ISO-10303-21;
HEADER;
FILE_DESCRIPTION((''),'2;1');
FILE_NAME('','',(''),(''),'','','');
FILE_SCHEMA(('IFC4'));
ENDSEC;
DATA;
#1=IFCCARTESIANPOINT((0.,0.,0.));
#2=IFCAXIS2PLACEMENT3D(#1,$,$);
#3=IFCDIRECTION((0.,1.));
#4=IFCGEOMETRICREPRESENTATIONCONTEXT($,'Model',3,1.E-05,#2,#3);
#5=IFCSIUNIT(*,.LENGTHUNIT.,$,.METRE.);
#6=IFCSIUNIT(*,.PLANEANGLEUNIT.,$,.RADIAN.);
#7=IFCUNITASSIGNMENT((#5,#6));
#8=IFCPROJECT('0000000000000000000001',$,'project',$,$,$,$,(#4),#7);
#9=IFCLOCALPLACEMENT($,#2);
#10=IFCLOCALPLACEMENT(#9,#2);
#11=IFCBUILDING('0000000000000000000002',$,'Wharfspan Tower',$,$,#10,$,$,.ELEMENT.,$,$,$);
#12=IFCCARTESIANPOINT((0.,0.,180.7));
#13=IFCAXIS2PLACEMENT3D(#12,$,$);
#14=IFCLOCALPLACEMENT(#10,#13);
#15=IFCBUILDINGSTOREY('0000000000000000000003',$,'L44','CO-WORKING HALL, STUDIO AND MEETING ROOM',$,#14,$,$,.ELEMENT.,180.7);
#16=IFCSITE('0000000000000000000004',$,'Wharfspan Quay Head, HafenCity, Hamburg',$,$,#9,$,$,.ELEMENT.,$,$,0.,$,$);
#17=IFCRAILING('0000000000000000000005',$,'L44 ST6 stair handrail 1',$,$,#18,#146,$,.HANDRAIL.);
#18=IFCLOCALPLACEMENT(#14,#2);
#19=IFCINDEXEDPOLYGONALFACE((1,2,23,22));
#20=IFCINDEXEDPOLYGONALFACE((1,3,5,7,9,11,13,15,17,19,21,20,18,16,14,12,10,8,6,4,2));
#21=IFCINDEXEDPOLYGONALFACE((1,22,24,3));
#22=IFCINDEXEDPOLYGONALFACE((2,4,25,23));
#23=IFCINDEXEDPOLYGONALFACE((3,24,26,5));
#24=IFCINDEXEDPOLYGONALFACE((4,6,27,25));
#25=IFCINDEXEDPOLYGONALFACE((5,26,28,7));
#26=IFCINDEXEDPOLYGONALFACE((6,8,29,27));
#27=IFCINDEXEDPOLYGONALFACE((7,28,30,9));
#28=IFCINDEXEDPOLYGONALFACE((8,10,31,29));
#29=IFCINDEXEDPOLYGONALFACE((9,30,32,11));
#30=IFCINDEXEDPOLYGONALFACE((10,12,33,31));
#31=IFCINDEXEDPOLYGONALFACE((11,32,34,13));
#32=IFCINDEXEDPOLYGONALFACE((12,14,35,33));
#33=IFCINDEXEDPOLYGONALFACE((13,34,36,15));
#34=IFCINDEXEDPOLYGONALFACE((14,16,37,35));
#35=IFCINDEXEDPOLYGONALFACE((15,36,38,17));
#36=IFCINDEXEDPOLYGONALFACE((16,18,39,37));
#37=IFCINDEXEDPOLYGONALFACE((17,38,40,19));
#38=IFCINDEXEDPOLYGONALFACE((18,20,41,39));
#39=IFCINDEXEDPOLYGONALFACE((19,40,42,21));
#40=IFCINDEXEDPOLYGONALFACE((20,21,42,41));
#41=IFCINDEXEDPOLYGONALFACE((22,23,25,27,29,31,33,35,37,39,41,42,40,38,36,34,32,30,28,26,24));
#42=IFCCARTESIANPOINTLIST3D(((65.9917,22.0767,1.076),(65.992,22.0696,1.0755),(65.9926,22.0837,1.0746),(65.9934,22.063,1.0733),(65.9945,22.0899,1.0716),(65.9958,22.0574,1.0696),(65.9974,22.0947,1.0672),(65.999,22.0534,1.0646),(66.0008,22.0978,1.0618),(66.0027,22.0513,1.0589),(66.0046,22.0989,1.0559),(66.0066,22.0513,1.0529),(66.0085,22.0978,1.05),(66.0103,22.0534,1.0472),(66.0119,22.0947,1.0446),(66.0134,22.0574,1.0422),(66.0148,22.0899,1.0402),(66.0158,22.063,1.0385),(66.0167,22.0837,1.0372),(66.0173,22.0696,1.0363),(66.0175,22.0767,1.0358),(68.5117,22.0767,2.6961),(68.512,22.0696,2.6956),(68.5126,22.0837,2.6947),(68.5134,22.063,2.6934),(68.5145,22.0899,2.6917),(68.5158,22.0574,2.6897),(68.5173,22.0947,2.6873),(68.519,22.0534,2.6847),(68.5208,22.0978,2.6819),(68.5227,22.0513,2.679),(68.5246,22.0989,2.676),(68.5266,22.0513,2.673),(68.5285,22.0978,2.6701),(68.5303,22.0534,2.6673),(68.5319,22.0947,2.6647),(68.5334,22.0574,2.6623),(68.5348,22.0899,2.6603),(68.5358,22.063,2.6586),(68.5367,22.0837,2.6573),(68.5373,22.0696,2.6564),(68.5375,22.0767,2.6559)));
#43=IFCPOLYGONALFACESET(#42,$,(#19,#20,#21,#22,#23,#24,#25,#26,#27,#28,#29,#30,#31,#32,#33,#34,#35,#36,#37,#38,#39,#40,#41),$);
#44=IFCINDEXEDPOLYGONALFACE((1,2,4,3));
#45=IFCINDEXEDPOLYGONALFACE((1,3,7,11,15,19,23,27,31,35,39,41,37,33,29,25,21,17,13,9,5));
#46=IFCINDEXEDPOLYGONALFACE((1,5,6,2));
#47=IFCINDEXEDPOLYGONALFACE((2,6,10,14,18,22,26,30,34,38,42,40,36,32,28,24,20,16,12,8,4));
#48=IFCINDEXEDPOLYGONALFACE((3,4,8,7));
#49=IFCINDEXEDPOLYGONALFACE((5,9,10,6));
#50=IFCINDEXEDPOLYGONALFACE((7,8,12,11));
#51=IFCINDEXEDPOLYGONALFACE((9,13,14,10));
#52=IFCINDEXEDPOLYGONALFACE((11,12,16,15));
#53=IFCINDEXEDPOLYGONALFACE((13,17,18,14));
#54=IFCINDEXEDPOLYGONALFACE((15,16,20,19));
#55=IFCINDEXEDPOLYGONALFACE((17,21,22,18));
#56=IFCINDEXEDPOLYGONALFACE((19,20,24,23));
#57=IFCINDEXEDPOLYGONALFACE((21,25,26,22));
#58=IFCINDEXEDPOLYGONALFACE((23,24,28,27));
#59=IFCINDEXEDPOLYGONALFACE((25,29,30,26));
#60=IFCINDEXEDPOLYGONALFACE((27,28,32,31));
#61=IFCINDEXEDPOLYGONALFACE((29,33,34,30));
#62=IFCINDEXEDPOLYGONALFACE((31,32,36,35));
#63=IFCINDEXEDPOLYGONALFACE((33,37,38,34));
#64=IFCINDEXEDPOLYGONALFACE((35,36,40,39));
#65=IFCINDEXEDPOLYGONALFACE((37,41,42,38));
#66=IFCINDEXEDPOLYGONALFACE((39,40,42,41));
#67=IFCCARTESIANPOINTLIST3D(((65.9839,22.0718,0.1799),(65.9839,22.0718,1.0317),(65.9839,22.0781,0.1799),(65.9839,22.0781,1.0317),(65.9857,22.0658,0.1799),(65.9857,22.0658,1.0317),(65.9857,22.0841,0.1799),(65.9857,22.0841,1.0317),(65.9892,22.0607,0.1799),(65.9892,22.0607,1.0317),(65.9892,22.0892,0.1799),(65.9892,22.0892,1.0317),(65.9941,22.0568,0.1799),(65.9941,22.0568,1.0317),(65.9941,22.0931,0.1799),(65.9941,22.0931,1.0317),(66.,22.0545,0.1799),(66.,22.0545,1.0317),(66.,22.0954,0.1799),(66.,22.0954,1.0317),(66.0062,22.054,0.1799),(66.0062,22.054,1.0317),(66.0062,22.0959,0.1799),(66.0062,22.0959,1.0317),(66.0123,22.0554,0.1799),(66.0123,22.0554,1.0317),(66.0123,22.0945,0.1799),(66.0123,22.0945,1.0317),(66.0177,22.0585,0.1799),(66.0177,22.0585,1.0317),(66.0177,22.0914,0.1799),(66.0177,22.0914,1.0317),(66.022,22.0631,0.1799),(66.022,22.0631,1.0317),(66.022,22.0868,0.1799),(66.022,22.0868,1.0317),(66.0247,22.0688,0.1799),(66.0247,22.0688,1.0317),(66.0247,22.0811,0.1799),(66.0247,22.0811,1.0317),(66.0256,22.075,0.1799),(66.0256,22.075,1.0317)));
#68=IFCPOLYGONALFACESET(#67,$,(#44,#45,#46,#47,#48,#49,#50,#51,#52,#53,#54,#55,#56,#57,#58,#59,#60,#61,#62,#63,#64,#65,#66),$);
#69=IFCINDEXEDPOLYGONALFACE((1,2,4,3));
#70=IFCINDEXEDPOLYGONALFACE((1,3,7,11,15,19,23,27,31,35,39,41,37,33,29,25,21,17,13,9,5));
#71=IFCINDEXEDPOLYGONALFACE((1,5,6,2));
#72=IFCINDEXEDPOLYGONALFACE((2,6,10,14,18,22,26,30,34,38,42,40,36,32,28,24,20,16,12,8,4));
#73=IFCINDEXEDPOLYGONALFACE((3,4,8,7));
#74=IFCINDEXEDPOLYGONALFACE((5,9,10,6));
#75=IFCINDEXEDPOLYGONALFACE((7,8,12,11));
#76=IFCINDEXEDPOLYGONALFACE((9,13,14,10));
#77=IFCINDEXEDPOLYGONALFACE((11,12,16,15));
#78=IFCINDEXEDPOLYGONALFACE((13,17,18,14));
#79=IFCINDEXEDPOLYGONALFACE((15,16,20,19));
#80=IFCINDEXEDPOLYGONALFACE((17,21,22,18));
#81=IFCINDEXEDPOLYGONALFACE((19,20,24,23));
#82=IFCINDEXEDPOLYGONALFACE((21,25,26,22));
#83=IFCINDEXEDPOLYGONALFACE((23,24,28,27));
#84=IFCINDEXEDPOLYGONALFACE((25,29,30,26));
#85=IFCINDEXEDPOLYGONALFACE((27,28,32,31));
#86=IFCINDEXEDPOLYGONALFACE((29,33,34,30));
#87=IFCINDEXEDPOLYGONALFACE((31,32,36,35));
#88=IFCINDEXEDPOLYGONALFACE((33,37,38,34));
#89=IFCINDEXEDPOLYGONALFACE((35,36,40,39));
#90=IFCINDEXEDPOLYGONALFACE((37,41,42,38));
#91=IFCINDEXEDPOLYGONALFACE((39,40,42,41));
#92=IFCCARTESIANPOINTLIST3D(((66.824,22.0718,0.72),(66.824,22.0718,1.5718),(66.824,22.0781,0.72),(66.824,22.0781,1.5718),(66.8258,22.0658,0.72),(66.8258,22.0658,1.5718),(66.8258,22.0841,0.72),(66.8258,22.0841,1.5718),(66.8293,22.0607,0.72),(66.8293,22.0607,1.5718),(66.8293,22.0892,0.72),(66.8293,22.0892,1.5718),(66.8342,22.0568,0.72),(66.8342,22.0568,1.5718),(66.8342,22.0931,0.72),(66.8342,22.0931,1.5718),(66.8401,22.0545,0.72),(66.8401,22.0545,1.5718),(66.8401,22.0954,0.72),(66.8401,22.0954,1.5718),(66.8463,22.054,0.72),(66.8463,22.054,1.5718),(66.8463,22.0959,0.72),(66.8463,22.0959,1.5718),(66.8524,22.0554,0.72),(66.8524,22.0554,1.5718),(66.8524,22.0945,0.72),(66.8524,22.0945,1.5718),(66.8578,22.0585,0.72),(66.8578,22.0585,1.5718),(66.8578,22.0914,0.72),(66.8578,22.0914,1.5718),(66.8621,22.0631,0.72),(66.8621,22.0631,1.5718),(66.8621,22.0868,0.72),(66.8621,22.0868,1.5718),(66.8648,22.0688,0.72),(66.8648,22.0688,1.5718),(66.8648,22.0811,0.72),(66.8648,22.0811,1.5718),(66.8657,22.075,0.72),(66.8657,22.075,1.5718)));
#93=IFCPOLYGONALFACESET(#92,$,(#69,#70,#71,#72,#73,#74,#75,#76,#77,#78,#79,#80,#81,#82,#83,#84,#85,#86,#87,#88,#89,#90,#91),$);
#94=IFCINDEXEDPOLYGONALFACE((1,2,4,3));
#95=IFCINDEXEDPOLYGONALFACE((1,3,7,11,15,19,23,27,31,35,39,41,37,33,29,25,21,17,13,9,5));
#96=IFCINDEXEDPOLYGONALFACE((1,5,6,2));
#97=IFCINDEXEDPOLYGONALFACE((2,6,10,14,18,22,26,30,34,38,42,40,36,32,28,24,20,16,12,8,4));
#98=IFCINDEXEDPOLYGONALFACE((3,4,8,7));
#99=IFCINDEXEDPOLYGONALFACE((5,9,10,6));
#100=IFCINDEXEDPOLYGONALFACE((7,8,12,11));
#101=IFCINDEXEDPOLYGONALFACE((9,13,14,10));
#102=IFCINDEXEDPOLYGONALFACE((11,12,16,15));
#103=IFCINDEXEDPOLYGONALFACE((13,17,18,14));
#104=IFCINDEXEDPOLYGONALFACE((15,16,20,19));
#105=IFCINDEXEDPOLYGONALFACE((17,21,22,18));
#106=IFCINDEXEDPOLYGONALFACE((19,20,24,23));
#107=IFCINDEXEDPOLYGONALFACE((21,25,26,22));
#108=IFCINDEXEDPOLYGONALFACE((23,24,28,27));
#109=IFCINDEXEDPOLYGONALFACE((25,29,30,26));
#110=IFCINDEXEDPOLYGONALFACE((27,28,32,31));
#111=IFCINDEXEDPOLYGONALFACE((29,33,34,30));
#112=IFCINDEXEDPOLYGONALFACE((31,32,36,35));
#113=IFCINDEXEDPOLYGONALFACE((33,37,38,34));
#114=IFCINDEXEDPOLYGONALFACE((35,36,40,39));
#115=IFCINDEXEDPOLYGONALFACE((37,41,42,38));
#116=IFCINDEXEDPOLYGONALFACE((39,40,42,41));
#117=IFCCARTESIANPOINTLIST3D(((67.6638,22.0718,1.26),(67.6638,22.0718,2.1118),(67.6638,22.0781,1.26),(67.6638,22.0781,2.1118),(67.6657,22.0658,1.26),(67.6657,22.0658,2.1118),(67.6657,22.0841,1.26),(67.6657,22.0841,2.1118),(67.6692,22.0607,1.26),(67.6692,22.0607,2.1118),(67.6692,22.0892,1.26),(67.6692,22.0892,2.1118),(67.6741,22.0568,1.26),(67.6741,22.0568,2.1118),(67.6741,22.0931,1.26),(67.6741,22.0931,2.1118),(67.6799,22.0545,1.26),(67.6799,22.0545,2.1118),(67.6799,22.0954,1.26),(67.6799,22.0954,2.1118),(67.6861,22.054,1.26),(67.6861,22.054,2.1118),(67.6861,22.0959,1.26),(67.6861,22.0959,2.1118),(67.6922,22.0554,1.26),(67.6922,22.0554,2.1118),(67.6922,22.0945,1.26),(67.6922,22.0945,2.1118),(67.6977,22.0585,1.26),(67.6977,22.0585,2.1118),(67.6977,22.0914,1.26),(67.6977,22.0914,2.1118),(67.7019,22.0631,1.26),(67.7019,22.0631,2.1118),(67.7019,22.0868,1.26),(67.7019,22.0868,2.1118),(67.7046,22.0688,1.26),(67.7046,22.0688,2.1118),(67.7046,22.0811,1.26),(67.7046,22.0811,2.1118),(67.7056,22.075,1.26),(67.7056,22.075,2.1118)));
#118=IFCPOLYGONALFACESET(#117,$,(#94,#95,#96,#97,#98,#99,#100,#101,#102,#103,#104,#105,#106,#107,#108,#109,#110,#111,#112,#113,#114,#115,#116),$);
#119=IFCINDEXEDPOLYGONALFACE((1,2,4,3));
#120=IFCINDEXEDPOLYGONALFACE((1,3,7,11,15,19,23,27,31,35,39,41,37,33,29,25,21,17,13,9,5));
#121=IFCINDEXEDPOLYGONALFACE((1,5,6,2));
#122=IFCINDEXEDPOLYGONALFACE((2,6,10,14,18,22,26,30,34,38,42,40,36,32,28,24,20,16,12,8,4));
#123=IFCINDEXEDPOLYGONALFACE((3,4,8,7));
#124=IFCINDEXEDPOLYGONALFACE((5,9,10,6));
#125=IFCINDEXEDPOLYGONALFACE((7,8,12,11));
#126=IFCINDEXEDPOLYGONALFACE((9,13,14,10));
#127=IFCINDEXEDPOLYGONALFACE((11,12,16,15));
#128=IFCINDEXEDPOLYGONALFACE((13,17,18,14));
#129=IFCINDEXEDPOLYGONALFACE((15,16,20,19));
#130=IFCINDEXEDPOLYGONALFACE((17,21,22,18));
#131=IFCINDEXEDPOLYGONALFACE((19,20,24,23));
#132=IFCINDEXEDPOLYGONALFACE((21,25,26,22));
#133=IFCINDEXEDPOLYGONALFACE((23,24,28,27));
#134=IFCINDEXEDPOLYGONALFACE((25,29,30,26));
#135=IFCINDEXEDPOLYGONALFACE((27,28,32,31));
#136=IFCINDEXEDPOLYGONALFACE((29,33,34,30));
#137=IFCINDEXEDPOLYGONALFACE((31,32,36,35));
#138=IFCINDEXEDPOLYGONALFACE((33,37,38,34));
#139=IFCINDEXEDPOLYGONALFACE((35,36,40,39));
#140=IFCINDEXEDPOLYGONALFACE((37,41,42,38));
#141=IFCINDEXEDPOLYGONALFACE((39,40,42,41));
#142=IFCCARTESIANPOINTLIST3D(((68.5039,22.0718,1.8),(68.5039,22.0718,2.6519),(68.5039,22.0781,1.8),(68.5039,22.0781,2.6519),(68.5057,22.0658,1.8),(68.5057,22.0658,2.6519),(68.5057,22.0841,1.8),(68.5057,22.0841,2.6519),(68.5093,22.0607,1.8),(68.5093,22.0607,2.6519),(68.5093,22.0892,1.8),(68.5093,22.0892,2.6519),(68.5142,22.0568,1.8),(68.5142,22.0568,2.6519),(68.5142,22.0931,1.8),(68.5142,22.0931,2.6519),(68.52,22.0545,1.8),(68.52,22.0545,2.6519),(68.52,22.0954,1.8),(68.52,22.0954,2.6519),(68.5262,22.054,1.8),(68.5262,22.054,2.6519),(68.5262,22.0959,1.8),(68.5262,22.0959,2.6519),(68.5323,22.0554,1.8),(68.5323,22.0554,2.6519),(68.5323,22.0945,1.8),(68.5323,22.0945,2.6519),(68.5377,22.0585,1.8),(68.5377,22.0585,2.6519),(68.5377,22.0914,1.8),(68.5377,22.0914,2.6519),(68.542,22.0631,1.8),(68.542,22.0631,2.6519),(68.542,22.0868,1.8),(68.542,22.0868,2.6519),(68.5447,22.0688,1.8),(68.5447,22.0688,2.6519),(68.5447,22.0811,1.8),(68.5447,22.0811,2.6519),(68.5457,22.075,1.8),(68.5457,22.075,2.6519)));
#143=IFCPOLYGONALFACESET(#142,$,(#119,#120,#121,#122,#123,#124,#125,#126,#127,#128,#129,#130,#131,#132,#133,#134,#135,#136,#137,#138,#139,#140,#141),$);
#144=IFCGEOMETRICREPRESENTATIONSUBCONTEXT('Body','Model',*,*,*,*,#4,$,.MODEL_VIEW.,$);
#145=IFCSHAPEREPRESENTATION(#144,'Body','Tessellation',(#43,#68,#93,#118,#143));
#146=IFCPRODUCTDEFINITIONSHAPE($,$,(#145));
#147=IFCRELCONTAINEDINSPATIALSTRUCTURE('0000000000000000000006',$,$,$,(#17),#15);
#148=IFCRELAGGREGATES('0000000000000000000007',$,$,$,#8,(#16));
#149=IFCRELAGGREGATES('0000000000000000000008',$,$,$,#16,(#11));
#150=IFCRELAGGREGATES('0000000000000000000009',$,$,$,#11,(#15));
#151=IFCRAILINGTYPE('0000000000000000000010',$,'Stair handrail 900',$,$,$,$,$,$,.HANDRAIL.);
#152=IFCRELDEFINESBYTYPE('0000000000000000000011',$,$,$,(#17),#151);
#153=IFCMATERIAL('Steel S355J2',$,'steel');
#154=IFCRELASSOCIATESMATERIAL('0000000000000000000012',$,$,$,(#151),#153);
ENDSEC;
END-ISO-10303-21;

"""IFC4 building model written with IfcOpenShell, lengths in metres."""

from ifc_helpers import new_model, si_unit, direction, frame, origin, origin_2d, place, context, subcontext, project, spatial, circle, extrude, material, type_object, element, save


model = new_model("IFC4")

# Units and contexts
model_context = context("Model", 3, precision=1e-05, world=origin(), true_north=direction((0.0, 1.0)))
body_context = subcontext(model_context, "Body", "Model", "MODEL_VIEW")
ifc_project = project(units=[si_unit("LENGTHUNIT", "METRE"), si_unit("PLANEANGLEUNIT", "RADIAN")], contexts=[model_context])

# Site, building, storey
site_placement = place(None, origin())
site = spatial("IfcSite", under=ifc_project, at=site_placement, Name="Wharfspan Quay Head, HafenCity, Hamburg", CompositionType="ELEMENT", RefElevation=0.0)
building_placement = place(site_placement, origin())
building = spatial("IfcBuilding", under=site, at=building_placement, Name="Wharfspan Tower", CompositionType="ELEMENT")
storey_placement = place(building_placement, frame((0.0, 0.0, 180.7)))
storey = spatial("IfcBuildingStorey", under=building, at=storey_placement, Name="L44", Description="CO-WORKING HALL, STUDIO AND MEETING ROOM", CompositionType="ELEMENT", Elevation=180.7)

# Shared definitions
ifc_material_1 = material(Name="Steel S355J2", Category="steel")

# Railing
railing_type_1 = type_object("IfcRailingType", Name="Stair handrail 900", PredefinedType="HANDRAIL", material=ifc_material_1)
railing_1_placement = place(storey_placement, frame((66.0046, 22.075, 0.1799)))
element("IfcRailing", 1, at=railing_1_placement, inside=storey, type_object=railing_type_1, Name="L44 ST6 stair handrail 1", PredefinedType="HANDRAIL", context=body_context, shape_type="SweptSolid", body=[
    extrude(circle(Radius=0.0239, at=origin_2d()), frame((0.0, 0.0, 0.876), z_axis=(0.841163, 0.0, 0.540782), x_axis=(0.0, 1.0, 0.0)), (0.0, 0.0, 1.0), 2.9958),
    extrude(circle(Radius=0.021, at=origin_2d()), origin(), (0.0, 0.0, 1.0), 0.8518),
    extrude(circle(Radius=0.021, at=origin_2d()), frame((0.8401, 0.0, 0.54)), (0.0, 0.0, 1.0), 0.8518),
    extrude(circle(Radius=0.021, at=origin_2d()), frame((1.6799, 0.0, 1.0801)), (0.0, 0.0, 1.0), 0.8518),
    extrude(circle(Radius=0.021, at=origin_2d()), frame((2.52, 0.0, 1.6201)), (0.0, 0.0, 1.0), 0.8518),
])

save(model, "model.ifc")
